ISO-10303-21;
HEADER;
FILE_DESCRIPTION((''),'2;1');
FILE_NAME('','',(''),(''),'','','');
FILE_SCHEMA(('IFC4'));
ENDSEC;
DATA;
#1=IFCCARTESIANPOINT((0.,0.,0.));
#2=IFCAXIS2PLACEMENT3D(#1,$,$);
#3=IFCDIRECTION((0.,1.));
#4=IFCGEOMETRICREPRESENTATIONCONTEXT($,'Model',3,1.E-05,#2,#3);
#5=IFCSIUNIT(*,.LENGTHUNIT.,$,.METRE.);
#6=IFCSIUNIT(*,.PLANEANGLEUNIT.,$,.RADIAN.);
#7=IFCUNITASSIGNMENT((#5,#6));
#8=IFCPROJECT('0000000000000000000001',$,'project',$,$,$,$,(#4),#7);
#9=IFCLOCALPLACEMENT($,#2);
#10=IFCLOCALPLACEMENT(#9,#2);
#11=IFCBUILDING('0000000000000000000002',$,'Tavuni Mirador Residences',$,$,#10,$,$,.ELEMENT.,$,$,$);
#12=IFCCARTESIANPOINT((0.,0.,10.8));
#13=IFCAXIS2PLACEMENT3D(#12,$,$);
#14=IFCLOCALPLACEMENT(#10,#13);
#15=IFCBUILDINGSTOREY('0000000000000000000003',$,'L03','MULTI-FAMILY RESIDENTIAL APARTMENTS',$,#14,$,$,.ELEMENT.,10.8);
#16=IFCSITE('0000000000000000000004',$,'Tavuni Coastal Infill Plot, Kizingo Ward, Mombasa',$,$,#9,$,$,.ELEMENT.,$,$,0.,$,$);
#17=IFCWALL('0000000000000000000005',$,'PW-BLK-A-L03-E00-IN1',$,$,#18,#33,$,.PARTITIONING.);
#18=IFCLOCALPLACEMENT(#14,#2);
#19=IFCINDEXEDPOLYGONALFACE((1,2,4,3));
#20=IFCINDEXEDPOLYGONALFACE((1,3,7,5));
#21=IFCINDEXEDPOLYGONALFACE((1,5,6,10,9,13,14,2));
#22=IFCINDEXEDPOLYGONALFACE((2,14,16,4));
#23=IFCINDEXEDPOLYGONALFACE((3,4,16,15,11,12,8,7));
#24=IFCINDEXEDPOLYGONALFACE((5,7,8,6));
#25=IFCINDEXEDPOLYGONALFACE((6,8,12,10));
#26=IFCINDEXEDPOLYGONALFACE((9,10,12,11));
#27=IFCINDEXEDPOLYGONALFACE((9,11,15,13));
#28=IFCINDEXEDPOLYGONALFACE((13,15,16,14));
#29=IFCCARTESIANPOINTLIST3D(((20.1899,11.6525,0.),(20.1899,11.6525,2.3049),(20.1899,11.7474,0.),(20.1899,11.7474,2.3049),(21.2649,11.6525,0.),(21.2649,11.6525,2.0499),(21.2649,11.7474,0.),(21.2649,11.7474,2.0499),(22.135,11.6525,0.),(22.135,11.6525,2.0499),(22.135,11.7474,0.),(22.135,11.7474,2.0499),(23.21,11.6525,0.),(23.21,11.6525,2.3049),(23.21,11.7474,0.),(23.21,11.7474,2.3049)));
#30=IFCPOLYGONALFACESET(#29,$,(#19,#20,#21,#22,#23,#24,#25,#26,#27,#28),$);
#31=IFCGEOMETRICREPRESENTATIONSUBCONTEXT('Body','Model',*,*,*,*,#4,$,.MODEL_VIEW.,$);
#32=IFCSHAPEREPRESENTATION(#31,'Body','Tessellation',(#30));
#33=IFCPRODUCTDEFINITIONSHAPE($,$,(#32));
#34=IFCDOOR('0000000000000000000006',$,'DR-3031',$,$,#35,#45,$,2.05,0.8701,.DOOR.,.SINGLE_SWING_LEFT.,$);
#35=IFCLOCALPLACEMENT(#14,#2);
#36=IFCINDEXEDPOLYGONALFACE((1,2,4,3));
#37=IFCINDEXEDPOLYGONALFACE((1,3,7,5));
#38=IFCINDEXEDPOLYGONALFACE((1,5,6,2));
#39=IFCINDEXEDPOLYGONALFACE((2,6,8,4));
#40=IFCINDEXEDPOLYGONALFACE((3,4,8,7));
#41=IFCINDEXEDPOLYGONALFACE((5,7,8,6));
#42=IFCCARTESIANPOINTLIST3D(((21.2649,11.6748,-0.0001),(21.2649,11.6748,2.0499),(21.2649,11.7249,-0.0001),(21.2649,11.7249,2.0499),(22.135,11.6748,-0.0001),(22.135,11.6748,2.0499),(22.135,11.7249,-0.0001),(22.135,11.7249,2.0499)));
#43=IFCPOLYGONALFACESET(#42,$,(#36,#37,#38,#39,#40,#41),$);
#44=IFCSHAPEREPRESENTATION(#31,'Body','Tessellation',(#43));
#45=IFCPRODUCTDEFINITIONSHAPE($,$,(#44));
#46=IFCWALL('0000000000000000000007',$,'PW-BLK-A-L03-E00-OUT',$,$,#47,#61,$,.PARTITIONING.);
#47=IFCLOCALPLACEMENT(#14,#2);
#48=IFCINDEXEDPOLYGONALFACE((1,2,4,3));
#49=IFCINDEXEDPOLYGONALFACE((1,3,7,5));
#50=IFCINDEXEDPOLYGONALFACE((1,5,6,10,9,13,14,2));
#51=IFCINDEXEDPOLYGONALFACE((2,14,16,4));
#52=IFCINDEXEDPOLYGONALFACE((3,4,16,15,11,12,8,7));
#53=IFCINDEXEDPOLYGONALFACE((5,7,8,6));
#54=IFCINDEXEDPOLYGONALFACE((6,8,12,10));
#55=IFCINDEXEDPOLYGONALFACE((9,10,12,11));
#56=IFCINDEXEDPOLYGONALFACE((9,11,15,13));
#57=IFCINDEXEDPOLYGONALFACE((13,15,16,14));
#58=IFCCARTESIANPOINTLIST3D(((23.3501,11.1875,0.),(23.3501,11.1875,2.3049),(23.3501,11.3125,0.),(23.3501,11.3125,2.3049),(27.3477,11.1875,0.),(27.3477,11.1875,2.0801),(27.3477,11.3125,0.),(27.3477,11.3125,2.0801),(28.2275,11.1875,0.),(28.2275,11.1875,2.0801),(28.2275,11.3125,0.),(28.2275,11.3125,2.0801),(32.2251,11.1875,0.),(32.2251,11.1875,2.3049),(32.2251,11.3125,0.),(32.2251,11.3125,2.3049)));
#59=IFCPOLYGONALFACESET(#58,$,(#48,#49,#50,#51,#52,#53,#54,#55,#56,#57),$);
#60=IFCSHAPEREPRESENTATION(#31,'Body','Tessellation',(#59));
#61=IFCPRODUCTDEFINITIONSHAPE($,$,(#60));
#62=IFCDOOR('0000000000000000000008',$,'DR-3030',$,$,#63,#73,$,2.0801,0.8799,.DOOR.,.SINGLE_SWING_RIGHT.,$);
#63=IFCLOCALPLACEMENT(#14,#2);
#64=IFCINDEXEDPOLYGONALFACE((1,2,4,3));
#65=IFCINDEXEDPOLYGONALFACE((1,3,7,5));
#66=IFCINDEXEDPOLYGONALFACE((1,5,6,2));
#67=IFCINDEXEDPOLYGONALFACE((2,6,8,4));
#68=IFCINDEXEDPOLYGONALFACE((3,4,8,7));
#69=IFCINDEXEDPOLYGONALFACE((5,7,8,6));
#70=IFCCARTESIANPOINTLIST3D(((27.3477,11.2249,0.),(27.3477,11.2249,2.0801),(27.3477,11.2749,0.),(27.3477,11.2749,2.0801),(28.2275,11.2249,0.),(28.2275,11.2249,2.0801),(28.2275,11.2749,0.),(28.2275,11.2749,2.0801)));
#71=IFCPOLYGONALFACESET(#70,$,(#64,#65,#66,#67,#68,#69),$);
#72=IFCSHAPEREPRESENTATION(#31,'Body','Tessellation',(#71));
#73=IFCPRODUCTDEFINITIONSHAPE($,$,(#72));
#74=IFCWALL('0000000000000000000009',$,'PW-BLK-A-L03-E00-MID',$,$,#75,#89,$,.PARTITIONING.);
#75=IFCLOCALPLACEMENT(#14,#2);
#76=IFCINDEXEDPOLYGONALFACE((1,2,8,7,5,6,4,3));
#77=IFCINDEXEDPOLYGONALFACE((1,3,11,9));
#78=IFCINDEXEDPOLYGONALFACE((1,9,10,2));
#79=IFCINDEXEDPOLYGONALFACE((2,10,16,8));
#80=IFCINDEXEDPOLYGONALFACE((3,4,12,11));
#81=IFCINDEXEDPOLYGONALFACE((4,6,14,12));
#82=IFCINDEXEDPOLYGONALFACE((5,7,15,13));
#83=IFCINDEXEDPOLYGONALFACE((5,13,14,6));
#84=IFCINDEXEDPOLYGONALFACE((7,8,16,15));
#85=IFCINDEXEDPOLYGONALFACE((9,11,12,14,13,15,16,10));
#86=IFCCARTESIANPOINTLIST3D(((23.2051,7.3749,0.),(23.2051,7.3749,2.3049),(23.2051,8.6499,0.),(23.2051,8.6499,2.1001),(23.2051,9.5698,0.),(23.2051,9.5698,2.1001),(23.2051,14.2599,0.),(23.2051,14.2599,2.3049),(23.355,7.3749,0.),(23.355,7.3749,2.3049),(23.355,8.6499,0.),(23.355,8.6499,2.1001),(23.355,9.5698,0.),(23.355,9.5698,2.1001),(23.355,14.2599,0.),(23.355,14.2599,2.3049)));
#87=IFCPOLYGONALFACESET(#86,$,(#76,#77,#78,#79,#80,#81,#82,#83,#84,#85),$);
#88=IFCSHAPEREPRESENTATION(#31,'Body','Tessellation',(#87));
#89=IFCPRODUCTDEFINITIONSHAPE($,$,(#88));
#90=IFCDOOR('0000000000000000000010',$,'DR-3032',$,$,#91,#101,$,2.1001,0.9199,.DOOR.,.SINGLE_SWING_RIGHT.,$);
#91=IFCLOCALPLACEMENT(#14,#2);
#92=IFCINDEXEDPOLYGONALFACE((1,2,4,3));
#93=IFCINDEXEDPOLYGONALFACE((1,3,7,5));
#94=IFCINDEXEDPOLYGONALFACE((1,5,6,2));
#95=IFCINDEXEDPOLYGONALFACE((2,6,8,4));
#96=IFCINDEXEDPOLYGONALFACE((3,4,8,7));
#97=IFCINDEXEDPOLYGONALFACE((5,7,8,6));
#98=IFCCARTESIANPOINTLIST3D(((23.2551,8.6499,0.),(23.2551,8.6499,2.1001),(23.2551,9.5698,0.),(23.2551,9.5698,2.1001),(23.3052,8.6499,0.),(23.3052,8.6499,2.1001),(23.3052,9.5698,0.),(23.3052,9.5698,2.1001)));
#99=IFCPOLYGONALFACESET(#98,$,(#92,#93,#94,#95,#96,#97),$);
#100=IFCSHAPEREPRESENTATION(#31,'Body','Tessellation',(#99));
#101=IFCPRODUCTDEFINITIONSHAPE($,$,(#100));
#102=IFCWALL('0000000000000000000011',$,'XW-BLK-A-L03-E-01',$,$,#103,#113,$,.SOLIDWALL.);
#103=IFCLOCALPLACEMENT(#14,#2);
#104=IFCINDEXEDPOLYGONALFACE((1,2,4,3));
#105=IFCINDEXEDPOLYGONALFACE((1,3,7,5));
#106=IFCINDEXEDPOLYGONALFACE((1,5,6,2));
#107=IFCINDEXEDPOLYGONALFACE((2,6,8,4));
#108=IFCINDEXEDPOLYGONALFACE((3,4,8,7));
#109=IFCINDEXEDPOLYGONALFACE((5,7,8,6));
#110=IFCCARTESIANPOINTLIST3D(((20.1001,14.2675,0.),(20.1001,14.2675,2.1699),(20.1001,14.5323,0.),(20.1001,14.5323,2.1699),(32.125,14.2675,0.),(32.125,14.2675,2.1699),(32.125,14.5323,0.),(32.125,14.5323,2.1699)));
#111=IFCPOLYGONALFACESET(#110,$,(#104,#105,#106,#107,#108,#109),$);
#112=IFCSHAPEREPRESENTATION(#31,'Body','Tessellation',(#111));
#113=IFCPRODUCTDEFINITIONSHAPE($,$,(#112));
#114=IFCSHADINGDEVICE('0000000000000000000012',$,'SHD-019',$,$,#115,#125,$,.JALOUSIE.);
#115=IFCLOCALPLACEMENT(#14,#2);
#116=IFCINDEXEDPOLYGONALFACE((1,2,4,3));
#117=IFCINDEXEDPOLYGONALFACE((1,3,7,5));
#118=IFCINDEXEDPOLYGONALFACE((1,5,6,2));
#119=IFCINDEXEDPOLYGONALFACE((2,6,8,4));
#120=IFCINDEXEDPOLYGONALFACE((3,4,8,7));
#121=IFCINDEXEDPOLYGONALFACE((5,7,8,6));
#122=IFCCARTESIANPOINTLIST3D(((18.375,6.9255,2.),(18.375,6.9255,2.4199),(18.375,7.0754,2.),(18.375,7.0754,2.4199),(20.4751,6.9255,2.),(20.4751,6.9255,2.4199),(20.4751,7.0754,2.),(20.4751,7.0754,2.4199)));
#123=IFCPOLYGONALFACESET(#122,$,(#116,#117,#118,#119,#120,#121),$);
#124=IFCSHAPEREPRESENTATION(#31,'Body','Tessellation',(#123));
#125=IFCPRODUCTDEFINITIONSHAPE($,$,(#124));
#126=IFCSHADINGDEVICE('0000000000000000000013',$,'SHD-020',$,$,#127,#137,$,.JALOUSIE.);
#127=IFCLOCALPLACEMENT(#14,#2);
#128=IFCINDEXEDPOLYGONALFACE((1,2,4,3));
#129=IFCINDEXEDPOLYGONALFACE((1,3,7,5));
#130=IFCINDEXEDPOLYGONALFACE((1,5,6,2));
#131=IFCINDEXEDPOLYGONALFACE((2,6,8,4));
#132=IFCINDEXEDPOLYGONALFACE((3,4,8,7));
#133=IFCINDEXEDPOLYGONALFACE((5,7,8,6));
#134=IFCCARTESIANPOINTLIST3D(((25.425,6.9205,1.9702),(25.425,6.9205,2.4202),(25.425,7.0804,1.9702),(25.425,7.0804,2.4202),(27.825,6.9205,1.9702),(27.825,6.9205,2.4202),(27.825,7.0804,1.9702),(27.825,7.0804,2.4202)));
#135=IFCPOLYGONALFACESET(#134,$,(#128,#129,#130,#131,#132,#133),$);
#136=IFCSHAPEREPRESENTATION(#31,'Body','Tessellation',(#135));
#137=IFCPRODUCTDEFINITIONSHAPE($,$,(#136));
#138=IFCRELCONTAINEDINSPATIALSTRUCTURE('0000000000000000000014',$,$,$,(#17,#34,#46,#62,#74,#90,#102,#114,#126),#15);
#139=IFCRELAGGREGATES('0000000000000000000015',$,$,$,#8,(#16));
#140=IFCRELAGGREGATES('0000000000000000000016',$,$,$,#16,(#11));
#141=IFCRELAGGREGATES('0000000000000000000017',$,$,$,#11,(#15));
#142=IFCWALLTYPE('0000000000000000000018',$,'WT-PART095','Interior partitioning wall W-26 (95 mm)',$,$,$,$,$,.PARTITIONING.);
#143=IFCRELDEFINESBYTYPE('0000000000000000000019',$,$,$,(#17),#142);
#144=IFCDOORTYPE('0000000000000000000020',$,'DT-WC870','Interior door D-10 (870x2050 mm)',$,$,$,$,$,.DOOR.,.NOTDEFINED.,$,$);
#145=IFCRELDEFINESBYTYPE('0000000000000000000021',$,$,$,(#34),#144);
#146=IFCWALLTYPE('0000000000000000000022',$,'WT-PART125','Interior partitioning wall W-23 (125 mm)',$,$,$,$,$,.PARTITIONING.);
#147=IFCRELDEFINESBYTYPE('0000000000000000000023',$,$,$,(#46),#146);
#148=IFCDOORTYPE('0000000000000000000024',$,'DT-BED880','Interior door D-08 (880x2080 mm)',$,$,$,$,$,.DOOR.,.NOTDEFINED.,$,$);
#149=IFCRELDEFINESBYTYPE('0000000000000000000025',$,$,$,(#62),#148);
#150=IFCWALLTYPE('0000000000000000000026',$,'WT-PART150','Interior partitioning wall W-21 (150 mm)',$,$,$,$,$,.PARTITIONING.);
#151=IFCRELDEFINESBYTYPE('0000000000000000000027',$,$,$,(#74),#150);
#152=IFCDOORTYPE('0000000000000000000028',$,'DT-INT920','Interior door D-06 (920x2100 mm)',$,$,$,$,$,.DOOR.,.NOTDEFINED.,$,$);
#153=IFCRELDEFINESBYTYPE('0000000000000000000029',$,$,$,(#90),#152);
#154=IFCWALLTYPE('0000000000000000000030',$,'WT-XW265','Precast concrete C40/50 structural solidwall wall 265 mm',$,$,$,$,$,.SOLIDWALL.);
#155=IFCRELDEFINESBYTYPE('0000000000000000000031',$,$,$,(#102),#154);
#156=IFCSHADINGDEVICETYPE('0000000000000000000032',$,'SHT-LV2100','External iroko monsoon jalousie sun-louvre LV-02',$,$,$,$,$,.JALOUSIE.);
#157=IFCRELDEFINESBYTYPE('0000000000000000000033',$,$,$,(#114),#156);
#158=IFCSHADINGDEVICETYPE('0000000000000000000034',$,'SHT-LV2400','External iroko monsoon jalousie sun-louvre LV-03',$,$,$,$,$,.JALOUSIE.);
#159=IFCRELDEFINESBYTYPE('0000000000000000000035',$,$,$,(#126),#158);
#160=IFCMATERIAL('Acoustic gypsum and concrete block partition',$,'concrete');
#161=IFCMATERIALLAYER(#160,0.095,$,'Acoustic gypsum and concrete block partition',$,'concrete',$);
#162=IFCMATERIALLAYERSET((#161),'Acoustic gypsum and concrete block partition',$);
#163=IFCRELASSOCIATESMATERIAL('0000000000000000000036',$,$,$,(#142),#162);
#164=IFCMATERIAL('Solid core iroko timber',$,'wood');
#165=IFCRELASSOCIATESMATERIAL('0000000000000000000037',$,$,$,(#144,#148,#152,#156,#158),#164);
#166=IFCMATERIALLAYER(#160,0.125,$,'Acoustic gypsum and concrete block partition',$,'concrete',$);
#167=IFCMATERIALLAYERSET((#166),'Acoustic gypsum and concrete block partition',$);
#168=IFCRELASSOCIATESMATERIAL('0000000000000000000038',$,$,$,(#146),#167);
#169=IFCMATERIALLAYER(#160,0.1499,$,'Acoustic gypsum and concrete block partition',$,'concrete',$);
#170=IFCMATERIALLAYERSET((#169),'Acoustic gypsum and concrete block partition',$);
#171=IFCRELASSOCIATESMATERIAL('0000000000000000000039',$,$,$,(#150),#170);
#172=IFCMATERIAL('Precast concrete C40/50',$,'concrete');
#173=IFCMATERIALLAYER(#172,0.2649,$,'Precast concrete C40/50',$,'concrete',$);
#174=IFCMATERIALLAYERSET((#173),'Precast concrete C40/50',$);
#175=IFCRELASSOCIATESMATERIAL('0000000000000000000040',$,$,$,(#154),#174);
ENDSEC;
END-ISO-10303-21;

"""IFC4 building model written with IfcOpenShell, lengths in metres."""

from ifc_helpers import new_model, si_unit, direction, frame, frame_2d, origin, origin_2d, place, context, subcontext, project, spatial, rectangle, extrude, material, layer, layer_set, type_object, element, fill, save


model = new_model("IFC4")

# Units and contexts
model_context = context("Model", 3, precision=1e-05, world=origin(), true_north=direction((0.0, 1.0)))
body_context = subcontext(model_context, "Body", "Model", "MODEL_VIEW")
ifc_project = project(units=[si_unit("LENGTHUNIT", "METRE"), si_unit("PLANEANGLEUNIT", "RADIAN")], contexts=[model_context])

# Site, building, storey
site_placement = place(None, origin())
site = spatial("IfcSite", under=ifc_project, at=site_placement, Name="Tavuni Coastal Infill Plot, Kizingo Ward, Mombasa", CompositionType="ELEMENT", RefElevation=0.0)
building_placement = place(site_placement, origin())
building = spatial("IfcBuilding", under=site, at=building_placement, Name="Tavuni Mirador Residences", CompositionType="ELEMENT")
storey_placement = place(building_placement, frame((0.0, 0.0, 10.8)))
storey = spatial("IfcBuildingStorey", under=building, at=storey_placement, Name="L03", Description="MULTI-FAMILY RESIDENTIAL APARTMENTS", CompositionType="ELEMENT", Elevation=10.8)

# Shared definitions
ifc_material_1 = material(Name="Precast concrete C40/50", Category="concrete")

# Shared definitions
ifc_material_2 = material(Name="Solid core iroko timber", Category="wood")

# Walls, openings, doors
ifc_material_3 = material(Name="Acoustic gypsum and concrete block partition", Category="concrete")
ifc_layer_1 = layer(ifc_material_3, 0.095, Name="Acoustic gypsum and concrete block partition", Category="concrete")
ifc_layer_set_1 = layer_set([ifc_layer_1], Name="Acoustic gypsum and concrete block partition")
wall_type_1 = type_object("IfcWallType", Name="WT-PART095", Description="Interior partitioning wall W-26 (95 mm)", PredefinedType="PARTITIONING", material=ifc_layer_set_1)
wall_1_placement = place(storey_placement, frame((20.1899, 11.7, 0.0), z_axis=(0.0, 0.0, 1.0), x_axis=(1.0, 0.0, 0.0)))
wall_1 = element("IfcWall", 1, at=wall_1_placement, inside=storey, type_object=wall_type_1, Name="PW-BLK-A-L03-E00-IN1", PredefinedType="PARTITIONING", context=body_context, shape_type="SweptSolid", body=[
    extrude(rectangle(XDim=3.02, YDim=0.095, at=frame_2d((1.51, 0.0))), origin(), (0.0, 0.0, 1.0), 2.3049),
])
opening_1_placement = place(wall_1_placement, frame((1.075, 0.0, 0.0)))
opening_1 = element("IfcOpeningElement", 2, at=opening_1_placement, cuts=wall_1, PredefinedType="OPENING", context=body_context, shape_type="SweptSolid", body=[
    extrude(rectangle(XDim=0.8701, YDim=2.05, at=frame_2d((0.4351, 1.0249))), frame((0.0, 0.0576, 0.0), z_axis=(0.0, -1.0, 0.0), x_axis=(1.0, 0.0, 0.0)), (0.0, 0.0, 1.0), 0.115),
])
door_type_1 = type_object("IfcDoorType", Name="DT-WC870", Description="Interior door D-10 (870x2050 mm)", OperationType="NOTDEFINED", PredefinedType="DOOR", material=ifc_material_2)
door_1_placement = place(opening_1_placement, origin())
door_1 = element("IfcDoor", 3, at=door_1_placement, inside=storey, type_object=door_type_1, Name="DR-3031", OperationType="SINGLE_SWING_LEFT", OverallHeight=2.05, OverallWidth=0.8701, PredefinedType="DOOR", context=body_context, shape_type="SweptSolid", body=[
    extrude(rectangle(XDim=0.8701, YDim=2.05, at=frame_2d((0.4351, 1.0249))), frame((0.0, 0.0249, 0.0), z_axis=(0.0, -1.0, 0.0), x_axis=(1.0, 0.0, 0.0)), (0.0, 0.0, 1.0), 0.05),
])
fill(opening_1, door_1)
ifc_layer_2 = layer(ifc_material_3, 0.125, Name="Acoustic gypsum and concrete block partition", Category="concrete")
ifc_layer_set_2 = layer_set([ifc_layer_2], Name="Acoustic gypsum and concrete block partition")
wall_type_2 = type_object("IfcWallType", Name="WT-PART125", Description="Interior partitioning wall W-23 (125 mm)", PredefinedType="PARTITIONING", material=ifc_layer_set_2)
wall_2_placement = place(storey_placement, frame((23.3501, 11.25, 0.0), z_axis=(0.0, 0.0, 1.0), x_axis=(1.0, 0.0, 0.0)))
wall_2 = element("IfcWall", 4, at=wall_2_placement, inside=storey, type_object=wall_type_2, Name="PW-BLK-A-L03-E00-OUT", PredefinedType="PARTITIONING", context=body_context, shape_type="SweptSolid", body=[
    extrude(rectangle(XDim=8.875, YDim=0.125, at=frame_2d((4.4375, 0.0))), origin(), (0.0, 0.0, 1.0), 2.3049),
])
opening_2_placement = place(wall_2_placement, frame((3.9976, 0.0, 0.0)))
opening_2 = element("IfcOpeningElement", 5, at=opening_2_placement, cuts=wall_2, PredefinedType="OPENING", context=body_context, shape_type="SweptSolid", body=[
    extrude(rectangle(XDim=0.8799, YDim=2.0801, at=frame_2d((0.4399, 1.04))), frame((0.0, 0.0725, 0.0), z_axis=(0.0, -1.0, 0.0), x_axis=(1.0, 0.0, 0.0)), (0.0, 0.0, 1.0), 0.145),
])
door_type_2 = type_object("IfcDoorType", Name="DT-BED880", Description="Interior door D-08 (880x2080 mm)", OperationType="NOTDEFINED", PredefinedType="DOOR", material=ifc_material_2)
door_2_placement = place(opening_2_placement, origin())
door_2 = element("IfcDoor", 6, at=door_2_placement, inside=storey, type_object=door_type_2, Name="DR-3030", OperationType="SINGLE_SWING_RIGHT", OverallHeight=2.0801, OverallWidth=0.8799, PredefinedType="DOOR", context=body_context, shape_type="SweptSolid", body=[
    extrude(rectangle(XDim=0.8799, YDim=2.0801, at=frame_2d((0.4399, 1.04))), frame((0.0, 0.0249, 0.0), z_axis=(0.0, -1.0, 0.0), x_axis=(1.0, 0.0, 0.0)), (0.0, 0.0, 1.0), 0.05),
])
fill(opening_2, door_2)
ifc_layer_3 = layer(ifc_material_3, 0.1499, Name="Acoustic gypsum and concrete block partition", Category="concrete")
ifc_layer_set_3 = layer_set([ifc_layer_3], Name="Acoustic gypsum and concrete block partition")
wall_type_3 = type_object("IfcWallType", Name="WT-PART150", Description="Interior partitioning wall W-21 (150 mm)", PredefinedType="PARTITIONING", material=ifc_layer_set_3)
wall_3_placement = place(storey_placement, frame((23.28, 7.375, 0.0), z_axis=(0.0, 0.0, 1.0), x_axis=(0.0, 1.0, 0.0)))
wall_3 = element("IfcWall", 7, at=wall_3_placement, inside=storey, type_object=wall_type_3, Name="PW-BLK-A-L03-E00-MID", PredefinedType="PARTITIONING", context=body_context, shape_type="SweptSolid", body=[
    extrude(rectangle(XDim=6.885, YDim=0.1499, at=frame_2d((3.4424, 0.0))), origin(), (0.0, 0.0, 1.0), 2.3049),
])
opening_3_placement = place(wall_3_placement, frame((1.2749, 0.0, 0.0)))
opening_3 = element("IfcOpeningElement", 8, at=opening_3_placement, cuts=wall_3, PredefinedType="OPENING", context=body_context, shape_type="SweptSolid", body=[
    extrude(rectangle(XDim=0.9199, YDim=2.1001, at=frame_2d((0.46, 1.05))), frame((0.0, 0.085, 0.0), z_axis=(0.0, -1.0, 0.0), x_axis=(1.0, 0.0, 0.0)), (0.0, 0.0, 1.0), 0.1699),
])
door_type_3 = type_object("IfcDoorType", Name="DT-INT920", Description="Interior door D-06 (920x2100 mm)", OperationType="NOTDEFINED", PredefinedType="DOOR", material=ifc_material_2)
door_3_placement = place(opening_3_placement, origin())
door_3 = element("IfcDoor", 9, at=door_3_placement, inside=storey, type_object=door_type_3, Name="DR-3032", OperationType="SINGLE_SWING_RIGHT", OverallHeight=2.1001, OverallWidth=0.9199, PredefinedType="DOOR", context=body_context, shape_type="SweptSolid", body=[
    extrude(rectangle(XDim=0.9199, YDim=2.1001, at=frame_2d((0.46, 1.05))), frame((0.0, 0.0249, 0.0), z_axis=(0.0, -1.0, 0.0), x_axis=(1.0, 0.0, 0.0)), (0.0, 0.0, 1.0), 0.05),
])
fill(opening_3, door_3)

# Wall
ifc_layer_4 = layer(ifc_material_1, 0.2649, Name="Precast concrete C40/50", Category="concrete")
ifc_layer_set_4 = layer_set([ifc_layer_4], Name="Precast concrete C40/50")
wall_type_4 = type_object("IfcWallType", Name="WT-XW265", Description="Precast concrete C40/50 structural solidwall wall 265 mm", PredefinedType="SOLIDWALL", material=ifc_layer_set_4)
wall_4_placement = place(storey_placement, frame((20.1001, 14.3999, 0.0), z_axis=(0.0, 0.0, 1.0), x_axis=(1.0, 0.0, 0.0)))
element("IfcWall", 10, at=wall_4_placement, inside=storey, type_object=wall_type_4, Name="XW-BLK-A-L03-E-01", PredefinedType="SOLIDWALL", context=body_context, shape_type="SweptSolid", body=[
    extrude(rectangle(XDim=12.0249, YDim=0.2649, at=frame_2d((6.0125, 0.0))), origin(), (0.0, 0.0, 1.0), 2.1699),
])

# Shading devices
shading_device_type_1 = type_object("IfcShadingDeviceType", Name="SHT-LV2100", Description="External iroko monsoon jalousie sun-louvre LV-02", PredefinedType="JALOUSIE", material=ifc_material_2)
shading_device_1_placement = place(storey_placement, frame((19.425, 7.0005, 2.0), z_axis=(0.0, 0.0, 1.0), x_axis=(1.0, 0.0, 0.0)))
element("IfcShadingDevice", 11, at=shading_device_1_placement, inside=storey, type_object=shading_device_type_1, Name="SHD-019", PredefinedType="JALOUSIE", context=body_context, shape_type="SweptSolid", body=[
    extrude(rectangle(XDim=2.1001, YDim=0.1499, at=origin_2d()), origin(), (0.0, 0.0, 1.0), 0.4199),
])
shading_device_type_2 = type_object("IfcShadingDeviceType", Name="SHT-LV2400", Description="External iroko monsoon jalousie sun-louvre LV-03", PredefinedType="JALOUSIE", material=ifc_material_2)
shading_device_2_placement = place(storey_placement, frame((26.625, 7.0005, 1.9702), z_axis=(0.0, 0.0, 1.0), x_axis=(1.0, 0.0, 0.0)))
element("IfcShadingDevice", 12, at=shading_device_2_placement, inside=storey, type_object=shading_device_type_2, Name="SHD-020", PredefinedType="JALOUSIE", context=body_context, shape_type="SweptSolid", body=[
    extrude(rectangle(XDim=2.3999, YDim=0.1599, at=origin_2d()), origin(), (0.0, 0.0, 1.0), 0.45),
])

save(model, "model.ifc")
